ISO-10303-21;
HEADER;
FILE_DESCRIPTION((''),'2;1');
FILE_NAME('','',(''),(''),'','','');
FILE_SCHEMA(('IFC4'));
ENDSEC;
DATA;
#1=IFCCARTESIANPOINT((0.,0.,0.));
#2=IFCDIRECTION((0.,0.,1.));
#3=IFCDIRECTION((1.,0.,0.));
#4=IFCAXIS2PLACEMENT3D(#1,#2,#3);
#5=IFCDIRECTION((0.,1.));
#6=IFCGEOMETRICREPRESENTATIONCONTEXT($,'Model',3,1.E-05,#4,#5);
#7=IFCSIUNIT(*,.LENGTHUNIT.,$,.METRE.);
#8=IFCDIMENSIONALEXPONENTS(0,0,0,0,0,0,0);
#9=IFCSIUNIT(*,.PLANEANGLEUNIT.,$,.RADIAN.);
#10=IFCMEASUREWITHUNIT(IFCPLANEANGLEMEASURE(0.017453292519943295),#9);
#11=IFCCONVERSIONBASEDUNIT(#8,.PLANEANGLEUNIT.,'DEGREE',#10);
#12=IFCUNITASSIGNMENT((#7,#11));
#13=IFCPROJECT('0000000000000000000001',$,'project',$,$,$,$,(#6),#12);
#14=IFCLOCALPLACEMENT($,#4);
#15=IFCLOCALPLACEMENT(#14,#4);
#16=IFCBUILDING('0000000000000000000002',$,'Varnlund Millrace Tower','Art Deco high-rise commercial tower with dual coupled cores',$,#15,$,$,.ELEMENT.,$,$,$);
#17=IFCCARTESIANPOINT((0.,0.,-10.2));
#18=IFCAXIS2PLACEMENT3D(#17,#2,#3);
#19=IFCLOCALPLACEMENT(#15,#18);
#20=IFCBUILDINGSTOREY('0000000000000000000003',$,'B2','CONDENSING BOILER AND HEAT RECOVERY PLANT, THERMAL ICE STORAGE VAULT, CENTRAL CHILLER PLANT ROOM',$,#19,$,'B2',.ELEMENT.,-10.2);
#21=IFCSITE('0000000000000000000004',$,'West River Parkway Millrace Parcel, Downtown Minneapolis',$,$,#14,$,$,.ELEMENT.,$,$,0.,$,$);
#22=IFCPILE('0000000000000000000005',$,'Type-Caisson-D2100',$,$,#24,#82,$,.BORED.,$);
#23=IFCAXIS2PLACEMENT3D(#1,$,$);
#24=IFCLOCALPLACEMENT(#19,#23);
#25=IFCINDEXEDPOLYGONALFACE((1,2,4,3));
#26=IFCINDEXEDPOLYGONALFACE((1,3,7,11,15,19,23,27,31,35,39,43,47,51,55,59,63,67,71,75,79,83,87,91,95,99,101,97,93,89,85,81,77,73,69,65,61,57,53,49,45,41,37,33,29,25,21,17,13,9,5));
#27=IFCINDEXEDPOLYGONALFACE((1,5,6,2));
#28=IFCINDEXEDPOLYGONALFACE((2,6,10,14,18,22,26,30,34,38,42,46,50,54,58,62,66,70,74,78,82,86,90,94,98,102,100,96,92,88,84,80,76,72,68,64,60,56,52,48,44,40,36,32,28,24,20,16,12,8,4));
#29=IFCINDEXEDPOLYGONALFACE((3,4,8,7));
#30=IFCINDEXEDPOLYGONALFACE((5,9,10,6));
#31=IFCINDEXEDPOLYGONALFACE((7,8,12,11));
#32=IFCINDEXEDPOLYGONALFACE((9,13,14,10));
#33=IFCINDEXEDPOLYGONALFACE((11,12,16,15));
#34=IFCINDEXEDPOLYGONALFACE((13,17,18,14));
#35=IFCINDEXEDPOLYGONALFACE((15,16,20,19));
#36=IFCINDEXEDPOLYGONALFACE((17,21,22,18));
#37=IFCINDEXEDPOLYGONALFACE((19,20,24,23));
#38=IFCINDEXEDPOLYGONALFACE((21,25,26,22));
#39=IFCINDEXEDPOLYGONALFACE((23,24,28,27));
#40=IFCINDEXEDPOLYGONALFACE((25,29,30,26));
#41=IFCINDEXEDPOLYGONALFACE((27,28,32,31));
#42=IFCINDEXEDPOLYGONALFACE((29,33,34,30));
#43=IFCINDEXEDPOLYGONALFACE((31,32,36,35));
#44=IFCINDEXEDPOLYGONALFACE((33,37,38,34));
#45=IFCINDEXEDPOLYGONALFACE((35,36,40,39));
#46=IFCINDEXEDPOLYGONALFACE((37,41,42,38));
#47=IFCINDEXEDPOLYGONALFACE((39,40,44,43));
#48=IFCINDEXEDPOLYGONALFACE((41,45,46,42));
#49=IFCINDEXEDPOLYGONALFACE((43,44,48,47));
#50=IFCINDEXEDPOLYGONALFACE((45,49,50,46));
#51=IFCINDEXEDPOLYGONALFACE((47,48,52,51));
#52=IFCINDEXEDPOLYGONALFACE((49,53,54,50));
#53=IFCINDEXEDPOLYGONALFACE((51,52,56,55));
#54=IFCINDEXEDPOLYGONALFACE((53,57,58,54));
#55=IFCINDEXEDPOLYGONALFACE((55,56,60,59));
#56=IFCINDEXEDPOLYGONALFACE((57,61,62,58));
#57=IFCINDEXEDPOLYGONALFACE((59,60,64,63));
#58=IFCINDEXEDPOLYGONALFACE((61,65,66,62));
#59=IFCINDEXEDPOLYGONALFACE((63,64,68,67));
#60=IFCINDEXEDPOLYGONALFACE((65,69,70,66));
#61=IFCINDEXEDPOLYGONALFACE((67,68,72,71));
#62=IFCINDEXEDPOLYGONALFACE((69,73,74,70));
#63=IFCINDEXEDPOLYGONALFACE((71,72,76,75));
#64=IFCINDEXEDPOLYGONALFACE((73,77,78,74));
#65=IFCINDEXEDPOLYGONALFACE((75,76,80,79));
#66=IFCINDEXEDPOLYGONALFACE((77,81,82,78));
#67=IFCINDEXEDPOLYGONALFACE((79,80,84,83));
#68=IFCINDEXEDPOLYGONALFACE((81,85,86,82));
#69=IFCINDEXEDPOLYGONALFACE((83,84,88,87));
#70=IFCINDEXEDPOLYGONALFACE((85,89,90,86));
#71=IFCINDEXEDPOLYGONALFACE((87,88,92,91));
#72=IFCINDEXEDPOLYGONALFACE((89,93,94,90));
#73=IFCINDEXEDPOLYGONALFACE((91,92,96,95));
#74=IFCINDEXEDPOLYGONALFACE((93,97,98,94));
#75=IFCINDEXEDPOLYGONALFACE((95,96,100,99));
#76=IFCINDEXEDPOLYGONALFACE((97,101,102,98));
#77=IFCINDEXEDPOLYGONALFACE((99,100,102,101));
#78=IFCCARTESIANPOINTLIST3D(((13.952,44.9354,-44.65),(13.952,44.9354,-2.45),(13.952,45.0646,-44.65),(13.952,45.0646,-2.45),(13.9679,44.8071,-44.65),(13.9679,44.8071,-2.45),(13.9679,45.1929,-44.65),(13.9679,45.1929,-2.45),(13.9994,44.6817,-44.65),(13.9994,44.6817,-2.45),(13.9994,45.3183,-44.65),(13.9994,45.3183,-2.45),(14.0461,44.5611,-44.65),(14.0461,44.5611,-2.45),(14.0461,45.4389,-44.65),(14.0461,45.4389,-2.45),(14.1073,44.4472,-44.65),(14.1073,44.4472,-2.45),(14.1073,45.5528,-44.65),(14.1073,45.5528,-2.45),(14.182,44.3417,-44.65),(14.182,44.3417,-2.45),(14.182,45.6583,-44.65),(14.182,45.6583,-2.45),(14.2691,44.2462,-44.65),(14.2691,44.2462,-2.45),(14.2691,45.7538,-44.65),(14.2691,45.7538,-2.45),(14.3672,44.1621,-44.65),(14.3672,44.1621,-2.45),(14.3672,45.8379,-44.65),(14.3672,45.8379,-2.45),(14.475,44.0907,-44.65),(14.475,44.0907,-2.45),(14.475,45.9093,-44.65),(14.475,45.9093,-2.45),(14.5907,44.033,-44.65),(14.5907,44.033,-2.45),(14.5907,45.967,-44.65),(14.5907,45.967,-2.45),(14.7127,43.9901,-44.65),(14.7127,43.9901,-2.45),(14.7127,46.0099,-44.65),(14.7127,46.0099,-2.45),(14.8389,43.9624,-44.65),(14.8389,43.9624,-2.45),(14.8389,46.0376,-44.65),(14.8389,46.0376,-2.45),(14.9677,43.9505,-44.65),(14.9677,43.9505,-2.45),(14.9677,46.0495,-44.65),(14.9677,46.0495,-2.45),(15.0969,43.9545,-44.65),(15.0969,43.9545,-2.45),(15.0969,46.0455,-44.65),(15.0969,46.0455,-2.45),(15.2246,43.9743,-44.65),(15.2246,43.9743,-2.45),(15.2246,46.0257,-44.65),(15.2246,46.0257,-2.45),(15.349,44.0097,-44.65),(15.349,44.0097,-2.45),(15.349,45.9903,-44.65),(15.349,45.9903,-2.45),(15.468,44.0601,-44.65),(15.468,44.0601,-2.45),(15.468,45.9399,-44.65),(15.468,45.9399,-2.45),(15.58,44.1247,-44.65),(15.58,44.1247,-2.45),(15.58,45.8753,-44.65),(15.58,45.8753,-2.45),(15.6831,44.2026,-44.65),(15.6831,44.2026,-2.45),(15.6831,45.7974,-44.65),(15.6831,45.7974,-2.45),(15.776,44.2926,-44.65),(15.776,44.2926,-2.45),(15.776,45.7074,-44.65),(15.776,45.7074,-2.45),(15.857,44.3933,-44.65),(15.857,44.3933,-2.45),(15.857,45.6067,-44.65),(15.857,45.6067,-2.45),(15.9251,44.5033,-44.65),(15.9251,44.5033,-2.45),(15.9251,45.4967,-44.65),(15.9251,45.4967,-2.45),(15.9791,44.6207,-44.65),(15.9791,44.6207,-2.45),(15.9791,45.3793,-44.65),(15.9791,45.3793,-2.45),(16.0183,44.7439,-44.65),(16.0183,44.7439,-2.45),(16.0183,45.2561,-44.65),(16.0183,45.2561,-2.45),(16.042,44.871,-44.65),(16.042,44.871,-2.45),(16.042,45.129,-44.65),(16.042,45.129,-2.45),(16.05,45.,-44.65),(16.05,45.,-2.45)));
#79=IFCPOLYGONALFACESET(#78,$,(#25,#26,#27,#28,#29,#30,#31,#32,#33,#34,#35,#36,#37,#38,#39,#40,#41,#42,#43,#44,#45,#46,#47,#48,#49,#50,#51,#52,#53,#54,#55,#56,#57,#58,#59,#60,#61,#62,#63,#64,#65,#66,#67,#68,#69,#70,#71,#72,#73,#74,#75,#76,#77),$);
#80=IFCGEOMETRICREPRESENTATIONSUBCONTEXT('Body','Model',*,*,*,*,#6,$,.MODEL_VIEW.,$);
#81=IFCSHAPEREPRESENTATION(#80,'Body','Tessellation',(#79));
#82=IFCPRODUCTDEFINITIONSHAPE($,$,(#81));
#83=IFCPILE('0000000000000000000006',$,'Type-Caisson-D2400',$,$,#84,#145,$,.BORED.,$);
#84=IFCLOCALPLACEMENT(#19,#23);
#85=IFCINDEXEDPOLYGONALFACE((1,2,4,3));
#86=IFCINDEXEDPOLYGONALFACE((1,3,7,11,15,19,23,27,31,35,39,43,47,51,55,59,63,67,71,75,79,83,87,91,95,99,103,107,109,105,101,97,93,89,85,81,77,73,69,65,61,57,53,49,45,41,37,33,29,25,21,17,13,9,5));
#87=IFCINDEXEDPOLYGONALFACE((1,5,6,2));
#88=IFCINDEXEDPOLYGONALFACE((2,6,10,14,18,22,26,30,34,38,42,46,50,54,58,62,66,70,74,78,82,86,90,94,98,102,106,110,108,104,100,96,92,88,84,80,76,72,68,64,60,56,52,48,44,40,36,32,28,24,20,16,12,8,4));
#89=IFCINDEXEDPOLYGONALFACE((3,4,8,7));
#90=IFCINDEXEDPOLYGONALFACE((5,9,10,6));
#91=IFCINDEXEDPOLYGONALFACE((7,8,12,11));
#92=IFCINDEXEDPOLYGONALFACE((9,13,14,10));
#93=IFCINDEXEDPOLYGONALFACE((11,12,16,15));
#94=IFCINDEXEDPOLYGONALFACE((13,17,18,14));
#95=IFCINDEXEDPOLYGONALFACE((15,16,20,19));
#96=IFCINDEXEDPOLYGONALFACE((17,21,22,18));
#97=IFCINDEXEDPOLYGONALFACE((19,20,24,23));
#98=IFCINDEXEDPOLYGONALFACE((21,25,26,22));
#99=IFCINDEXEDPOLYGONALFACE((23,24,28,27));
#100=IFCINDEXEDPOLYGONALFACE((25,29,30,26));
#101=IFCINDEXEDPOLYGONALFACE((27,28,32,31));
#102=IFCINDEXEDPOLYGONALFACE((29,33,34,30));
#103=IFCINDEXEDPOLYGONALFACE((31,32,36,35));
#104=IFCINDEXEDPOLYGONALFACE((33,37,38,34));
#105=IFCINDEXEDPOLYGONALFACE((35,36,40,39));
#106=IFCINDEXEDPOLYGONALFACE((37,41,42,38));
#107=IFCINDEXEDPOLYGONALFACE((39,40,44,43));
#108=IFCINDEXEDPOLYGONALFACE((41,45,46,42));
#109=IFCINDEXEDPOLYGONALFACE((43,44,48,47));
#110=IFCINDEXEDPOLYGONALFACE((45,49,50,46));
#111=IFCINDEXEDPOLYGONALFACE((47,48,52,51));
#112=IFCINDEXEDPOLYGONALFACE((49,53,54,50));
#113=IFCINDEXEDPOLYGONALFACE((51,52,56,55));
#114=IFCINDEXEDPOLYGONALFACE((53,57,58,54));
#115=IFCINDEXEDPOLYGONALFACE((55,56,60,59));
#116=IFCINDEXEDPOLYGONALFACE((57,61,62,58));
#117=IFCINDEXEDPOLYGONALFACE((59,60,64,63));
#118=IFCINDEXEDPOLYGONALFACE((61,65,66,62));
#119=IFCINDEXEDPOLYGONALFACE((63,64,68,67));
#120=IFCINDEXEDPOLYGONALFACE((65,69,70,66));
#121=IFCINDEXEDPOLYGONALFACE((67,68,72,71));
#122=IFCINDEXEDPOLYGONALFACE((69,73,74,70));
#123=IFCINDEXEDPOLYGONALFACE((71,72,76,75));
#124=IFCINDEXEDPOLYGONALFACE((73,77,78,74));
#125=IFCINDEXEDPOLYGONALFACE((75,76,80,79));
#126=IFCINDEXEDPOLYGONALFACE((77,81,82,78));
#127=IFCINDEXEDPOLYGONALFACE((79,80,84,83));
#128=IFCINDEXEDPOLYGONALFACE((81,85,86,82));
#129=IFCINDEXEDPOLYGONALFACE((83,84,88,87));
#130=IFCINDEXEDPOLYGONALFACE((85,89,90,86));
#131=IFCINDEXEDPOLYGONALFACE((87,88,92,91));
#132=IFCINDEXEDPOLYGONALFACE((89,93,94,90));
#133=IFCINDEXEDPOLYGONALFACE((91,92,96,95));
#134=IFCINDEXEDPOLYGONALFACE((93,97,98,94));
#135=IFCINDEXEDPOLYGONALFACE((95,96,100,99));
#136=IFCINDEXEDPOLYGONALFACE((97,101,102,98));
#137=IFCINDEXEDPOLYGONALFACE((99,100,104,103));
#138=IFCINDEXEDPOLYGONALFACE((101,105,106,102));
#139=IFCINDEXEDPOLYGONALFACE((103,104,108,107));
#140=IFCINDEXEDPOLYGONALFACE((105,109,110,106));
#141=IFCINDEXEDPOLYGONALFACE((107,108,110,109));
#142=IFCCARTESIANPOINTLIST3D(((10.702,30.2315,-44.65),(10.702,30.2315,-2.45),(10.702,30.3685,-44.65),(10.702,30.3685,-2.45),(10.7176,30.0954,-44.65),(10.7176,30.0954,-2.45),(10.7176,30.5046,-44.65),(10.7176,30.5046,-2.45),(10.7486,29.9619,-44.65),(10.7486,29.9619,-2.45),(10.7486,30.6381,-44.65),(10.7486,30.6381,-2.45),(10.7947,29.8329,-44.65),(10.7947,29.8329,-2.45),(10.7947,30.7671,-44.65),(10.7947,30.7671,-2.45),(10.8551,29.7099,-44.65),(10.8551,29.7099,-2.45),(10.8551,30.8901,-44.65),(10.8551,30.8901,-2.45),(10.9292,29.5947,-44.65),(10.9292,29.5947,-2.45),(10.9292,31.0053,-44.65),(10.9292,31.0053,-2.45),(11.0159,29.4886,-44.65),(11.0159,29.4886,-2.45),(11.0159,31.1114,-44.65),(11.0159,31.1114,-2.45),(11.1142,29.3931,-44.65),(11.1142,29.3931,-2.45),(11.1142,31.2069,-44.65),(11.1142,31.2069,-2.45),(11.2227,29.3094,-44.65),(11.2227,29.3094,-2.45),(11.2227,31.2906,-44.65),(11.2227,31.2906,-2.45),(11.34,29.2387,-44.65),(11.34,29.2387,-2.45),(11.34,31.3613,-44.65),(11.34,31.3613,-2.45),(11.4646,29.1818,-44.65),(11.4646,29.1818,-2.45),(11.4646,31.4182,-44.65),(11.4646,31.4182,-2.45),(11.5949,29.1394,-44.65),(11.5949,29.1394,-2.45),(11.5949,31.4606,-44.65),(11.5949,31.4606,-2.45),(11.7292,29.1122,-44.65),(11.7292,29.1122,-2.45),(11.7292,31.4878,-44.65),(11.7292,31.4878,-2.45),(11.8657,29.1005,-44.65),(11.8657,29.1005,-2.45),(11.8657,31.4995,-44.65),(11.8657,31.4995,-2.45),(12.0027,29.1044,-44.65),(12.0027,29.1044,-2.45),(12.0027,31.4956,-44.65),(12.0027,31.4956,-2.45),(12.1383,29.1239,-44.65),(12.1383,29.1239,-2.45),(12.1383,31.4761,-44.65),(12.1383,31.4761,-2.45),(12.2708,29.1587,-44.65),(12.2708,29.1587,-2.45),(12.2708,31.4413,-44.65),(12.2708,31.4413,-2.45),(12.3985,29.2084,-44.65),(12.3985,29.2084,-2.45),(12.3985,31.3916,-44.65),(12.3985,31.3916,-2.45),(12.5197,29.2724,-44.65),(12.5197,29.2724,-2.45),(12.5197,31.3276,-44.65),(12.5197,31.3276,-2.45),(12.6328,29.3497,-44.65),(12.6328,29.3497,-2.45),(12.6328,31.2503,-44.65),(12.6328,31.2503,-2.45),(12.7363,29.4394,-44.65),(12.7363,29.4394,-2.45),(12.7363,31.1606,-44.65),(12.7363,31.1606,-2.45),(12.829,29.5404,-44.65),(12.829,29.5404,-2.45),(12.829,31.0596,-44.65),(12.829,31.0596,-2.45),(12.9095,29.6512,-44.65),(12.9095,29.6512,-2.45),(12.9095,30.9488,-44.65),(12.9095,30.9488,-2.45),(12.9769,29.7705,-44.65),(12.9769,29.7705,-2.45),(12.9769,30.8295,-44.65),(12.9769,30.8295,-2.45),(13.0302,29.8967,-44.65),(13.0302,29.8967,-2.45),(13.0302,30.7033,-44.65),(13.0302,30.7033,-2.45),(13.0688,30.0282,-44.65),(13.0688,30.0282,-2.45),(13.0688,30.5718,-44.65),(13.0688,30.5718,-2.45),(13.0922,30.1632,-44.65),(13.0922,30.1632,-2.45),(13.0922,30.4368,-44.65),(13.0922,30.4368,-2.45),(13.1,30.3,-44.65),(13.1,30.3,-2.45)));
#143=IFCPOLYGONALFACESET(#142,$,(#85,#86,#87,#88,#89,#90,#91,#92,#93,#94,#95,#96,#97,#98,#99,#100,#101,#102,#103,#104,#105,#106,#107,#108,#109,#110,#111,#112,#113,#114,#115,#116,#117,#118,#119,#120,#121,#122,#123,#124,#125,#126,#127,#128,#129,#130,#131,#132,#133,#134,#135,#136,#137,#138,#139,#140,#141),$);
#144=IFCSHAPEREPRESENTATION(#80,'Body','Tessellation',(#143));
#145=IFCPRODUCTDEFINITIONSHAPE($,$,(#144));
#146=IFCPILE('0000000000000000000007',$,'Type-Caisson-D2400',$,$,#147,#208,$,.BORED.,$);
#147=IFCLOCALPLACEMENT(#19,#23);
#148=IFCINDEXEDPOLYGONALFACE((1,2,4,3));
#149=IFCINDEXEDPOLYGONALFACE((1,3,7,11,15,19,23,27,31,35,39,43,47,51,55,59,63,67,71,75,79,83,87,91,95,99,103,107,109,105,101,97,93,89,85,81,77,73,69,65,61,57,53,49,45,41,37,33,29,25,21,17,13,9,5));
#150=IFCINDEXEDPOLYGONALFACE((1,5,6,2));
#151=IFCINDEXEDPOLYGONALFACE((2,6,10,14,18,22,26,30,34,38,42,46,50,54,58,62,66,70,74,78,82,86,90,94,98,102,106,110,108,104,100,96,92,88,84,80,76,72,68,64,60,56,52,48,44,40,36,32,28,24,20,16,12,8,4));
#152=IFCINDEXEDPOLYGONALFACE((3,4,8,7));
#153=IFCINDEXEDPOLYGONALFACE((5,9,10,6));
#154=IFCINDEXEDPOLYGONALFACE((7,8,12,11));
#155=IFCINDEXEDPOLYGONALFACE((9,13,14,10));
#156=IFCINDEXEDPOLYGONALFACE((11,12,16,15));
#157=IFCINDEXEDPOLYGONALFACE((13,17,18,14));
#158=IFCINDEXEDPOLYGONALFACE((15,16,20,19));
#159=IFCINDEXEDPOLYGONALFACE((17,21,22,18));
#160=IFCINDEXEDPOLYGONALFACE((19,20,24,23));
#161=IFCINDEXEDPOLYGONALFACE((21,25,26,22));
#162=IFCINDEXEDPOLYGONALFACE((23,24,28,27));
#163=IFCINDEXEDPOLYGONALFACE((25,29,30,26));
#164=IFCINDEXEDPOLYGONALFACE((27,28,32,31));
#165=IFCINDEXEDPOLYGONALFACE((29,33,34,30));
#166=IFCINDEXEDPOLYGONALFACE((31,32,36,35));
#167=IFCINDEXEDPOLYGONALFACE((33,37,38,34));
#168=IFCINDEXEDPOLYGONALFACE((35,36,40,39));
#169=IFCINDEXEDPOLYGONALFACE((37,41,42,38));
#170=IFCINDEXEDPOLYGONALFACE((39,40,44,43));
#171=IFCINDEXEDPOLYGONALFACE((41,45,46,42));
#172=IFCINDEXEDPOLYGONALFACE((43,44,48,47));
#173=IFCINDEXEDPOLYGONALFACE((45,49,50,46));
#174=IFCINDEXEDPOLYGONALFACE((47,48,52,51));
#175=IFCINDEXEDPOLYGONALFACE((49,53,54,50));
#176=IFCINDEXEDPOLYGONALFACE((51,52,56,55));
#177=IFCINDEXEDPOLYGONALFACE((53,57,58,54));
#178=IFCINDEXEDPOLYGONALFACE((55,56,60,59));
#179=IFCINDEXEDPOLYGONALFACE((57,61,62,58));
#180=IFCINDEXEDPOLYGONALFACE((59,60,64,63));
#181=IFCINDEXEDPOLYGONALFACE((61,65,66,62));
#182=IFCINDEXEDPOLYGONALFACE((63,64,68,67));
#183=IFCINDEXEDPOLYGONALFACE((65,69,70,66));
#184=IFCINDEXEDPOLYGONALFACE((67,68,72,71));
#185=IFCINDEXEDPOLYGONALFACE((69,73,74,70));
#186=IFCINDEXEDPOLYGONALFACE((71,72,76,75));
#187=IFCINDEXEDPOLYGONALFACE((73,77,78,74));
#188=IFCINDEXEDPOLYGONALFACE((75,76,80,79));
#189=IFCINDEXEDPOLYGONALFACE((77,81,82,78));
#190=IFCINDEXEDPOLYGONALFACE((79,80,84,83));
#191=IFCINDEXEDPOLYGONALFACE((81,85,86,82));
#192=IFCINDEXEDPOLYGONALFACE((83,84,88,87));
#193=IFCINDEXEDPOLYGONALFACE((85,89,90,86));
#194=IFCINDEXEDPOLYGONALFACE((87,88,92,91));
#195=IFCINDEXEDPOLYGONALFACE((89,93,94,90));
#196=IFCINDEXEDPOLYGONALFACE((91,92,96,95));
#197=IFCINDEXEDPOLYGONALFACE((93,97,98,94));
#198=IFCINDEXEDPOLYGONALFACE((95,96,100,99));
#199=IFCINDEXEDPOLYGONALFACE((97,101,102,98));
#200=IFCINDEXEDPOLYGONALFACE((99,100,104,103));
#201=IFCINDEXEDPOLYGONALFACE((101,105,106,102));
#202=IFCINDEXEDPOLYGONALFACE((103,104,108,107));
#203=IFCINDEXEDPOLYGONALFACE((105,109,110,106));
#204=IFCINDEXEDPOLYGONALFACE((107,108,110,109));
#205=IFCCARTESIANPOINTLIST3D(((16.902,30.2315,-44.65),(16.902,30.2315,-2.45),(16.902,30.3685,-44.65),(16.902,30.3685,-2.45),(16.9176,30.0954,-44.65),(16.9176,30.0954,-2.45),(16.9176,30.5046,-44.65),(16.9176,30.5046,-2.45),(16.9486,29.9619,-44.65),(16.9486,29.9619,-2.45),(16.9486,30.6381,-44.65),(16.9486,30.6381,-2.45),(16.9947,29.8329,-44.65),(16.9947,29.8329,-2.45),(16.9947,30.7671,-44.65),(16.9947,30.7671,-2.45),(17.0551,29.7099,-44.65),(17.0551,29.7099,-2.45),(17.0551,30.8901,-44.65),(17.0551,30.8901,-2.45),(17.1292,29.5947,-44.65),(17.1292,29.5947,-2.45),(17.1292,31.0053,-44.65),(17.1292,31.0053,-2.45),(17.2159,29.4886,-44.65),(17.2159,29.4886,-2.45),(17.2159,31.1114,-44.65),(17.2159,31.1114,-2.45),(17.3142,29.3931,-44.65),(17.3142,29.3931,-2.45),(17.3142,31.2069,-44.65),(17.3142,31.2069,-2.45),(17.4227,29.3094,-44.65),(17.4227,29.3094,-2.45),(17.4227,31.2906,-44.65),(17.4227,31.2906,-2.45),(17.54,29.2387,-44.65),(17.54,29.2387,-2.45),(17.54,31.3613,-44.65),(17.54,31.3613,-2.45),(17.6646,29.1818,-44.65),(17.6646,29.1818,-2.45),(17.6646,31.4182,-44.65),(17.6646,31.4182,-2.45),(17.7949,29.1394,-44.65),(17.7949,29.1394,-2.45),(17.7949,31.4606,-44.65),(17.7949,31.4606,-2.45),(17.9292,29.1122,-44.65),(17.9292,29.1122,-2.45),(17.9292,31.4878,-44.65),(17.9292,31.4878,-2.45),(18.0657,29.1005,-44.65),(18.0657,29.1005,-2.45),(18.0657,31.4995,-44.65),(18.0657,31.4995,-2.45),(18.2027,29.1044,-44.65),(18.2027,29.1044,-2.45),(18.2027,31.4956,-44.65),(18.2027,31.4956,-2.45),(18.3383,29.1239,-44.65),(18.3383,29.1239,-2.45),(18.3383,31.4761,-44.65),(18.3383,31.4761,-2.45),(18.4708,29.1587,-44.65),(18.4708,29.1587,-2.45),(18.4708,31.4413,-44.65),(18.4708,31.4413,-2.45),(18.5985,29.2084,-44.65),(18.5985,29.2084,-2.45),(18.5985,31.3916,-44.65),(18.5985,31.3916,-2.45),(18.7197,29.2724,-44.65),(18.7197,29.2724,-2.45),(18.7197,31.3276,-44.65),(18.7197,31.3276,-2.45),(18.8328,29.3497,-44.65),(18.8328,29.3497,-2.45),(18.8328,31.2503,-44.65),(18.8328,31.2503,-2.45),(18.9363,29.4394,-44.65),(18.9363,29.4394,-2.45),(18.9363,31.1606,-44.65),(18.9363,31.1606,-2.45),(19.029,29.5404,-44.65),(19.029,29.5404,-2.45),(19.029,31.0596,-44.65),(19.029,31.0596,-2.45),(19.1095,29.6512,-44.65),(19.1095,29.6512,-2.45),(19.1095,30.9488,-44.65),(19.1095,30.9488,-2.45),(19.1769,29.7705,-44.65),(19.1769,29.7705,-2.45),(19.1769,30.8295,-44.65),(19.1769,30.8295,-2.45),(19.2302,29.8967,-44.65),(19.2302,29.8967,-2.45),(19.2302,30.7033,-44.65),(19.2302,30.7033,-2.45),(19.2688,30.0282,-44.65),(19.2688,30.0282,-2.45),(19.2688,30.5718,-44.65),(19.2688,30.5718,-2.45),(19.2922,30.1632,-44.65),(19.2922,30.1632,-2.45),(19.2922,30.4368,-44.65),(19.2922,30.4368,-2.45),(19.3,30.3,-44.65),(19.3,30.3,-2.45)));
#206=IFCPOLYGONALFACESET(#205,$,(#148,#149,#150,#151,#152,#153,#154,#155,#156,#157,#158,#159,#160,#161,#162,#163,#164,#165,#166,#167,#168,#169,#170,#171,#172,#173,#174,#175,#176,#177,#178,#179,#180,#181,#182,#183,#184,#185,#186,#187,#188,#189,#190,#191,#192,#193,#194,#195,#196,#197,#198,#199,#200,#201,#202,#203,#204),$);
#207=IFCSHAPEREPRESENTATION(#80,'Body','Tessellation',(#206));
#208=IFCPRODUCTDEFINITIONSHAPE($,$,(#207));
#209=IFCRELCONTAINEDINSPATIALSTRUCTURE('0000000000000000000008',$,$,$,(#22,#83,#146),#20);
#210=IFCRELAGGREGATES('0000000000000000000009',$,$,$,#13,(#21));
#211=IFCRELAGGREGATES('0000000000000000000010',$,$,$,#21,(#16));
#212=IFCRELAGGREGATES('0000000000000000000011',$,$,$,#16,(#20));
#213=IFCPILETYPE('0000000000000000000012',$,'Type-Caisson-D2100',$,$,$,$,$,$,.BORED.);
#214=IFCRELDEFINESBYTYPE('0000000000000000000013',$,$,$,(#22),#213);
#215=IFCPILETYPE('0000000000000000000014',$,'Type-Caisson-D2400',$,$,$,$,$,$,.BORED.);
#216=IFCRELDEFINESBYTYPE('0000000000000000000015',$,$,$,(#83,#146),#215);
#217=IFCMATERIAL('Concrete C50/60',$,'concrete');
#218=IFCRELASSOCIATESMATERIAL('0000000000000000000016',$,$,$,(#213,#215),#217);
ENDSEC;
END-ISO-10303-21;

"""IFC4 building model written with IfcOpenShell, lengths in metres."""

from ifc_helpers import new_model, entity, si_unit, converted_unit, direction, frame, origin_with_axes, origin_2d_with_axis, place, context, subcontext, project, spatial, circle, extrude, material, material_profile, profile_set, type_object, element, save


model = new_model("IFC4")

# Units and contexts
model_context = context("Model", 3, precision=1e-05, world=origin_with_axes(), true_north=direction((0.0, 1.0)))
body_context = subcontext(model_context, "Body", "Model", "MODEL_VIEW")
ifc_project = project(units=[si_unit("LENGTHUNIT", "METRE"), converted_unit("PLANEANGLEUNIT", "DEGREE", entity("IfcPlaneAngleMeasure", 0.017453292519943295), si_unit("PLANEANGLEUNIT", "RADIAN"), dimensions=[0, 0, 0, 0, 0, 0, 0])], contexts=[model_context])

# Site, building, storey
site_placement = place(None, origin_with_axes())
site = spatial("IfcSite", under=ifc_project, at=site_placement, Name="West River Parkway Millrace Parcel, Downtown Minneapolis", CompositionType="ELEMENT", RefElevation=0.0)
building_placement = place(site_placement, origin_with_axes())
building = spatial("IfcBuilding", under=site, at=building_placement, Name="Varnlund Millrace Tower", Description="Art Deco high-rise commercial tower with dual coupled cores", CompositionType="ELEMENT")
storey_placement = place(building_placement, frame((0.0, 0.0, -10.2), z_axis=(0.0, 0.0, 1.0), x_axis=(1.0, 0.0, 0.0)))
storey = spatial("IfcBuildingStorey", under=building, at=storey_placement, Name="B2", Description="CONDENSING BOILER AND HEAT RECOVERY PLANT, THERMAL ICE STORAGE VAULT, CENTRAL CHILLER PLANT ROOM", LongName="B2", CompositionType="ELEMENT", Elevation=-10.2)

# Piles
ifc_material_1 = material(Name="Concrete C50/60", Category="concrete")
ifc_material_profile_1 = material_profile(ifc_material_1, circle(Radius=1.05, at=origin_2d_with_axis()), Name="Concrete C50/60")
ifc_profile_set_1 = profile_set([ifc_material_profile_1], Name="Concrete C50/60")
pile_type_1 = type_object("IfcPileType", Name="Type-Caisson-D2100", PredefinedType="BORED", material=ifc_profile_set_1)
pile_placement = place(storey_placement, frame((15.0, 45.0, -44.65), z_axis=(0.0, 0.0, 1.0), x_axis=(1.0, 0.0, 0.0)))
element("IfcPile", 1, at=pile_placement, inside=storey, type_object=pile_type_1, Name="Type-Caisson-D2100", PredefinedType="BORED", context=body_context, shape_type="SweptSolid", body=[
    extrude(circle(Radius=1.05, at=origin_2d_with_axis()), origin_with_axes(), (0.0, 0.0, 1.0), 42.2),
])
ifc_material_profile_2 = material_profile(ifc_material_1, circle(Radius=1.2, at=origin_2d_with_axis()), Name="Concrete C50/60")
ifc_profile_set_2 = profile_set([ifc_material_profile_2], Name="Concrete C50/60")
pile_type_2 = type_object("IfcPileType", Name="Type-Caisson-D2400", PredefinedType="BORED", material=ifc_profile_set_2)
for number, where, z_axis, x_axis, name in (
    (2, (11.9, 30.3, -44.65), (0.0, 0.0, 1.0), (1.0, 0.0, 0.0), "Type-Caisson-D2400"),
    (3, (18.1, 30.3, -44.65), (0.0, 0.0, 1.0), (1.0, 0.0, 0.0), "Type-Caisson-D2400"),
):
    element("IfcPile", number, at=place(storey_placement, frame(where, z_axis=z_axis, x_axis=x_axis)), inside=storey, type_object=pile_type_2, Name=name, PredefinedType="BORED", context=body_context, shape_type="SweptSolid", body=[
        extrude(circle(Radius=1.2, at=origin_2d_with_axis()), origin_with_axes(), (0.0, 0.0, 1.0), 42.2),
    ])

save(model, "model.ifc")
